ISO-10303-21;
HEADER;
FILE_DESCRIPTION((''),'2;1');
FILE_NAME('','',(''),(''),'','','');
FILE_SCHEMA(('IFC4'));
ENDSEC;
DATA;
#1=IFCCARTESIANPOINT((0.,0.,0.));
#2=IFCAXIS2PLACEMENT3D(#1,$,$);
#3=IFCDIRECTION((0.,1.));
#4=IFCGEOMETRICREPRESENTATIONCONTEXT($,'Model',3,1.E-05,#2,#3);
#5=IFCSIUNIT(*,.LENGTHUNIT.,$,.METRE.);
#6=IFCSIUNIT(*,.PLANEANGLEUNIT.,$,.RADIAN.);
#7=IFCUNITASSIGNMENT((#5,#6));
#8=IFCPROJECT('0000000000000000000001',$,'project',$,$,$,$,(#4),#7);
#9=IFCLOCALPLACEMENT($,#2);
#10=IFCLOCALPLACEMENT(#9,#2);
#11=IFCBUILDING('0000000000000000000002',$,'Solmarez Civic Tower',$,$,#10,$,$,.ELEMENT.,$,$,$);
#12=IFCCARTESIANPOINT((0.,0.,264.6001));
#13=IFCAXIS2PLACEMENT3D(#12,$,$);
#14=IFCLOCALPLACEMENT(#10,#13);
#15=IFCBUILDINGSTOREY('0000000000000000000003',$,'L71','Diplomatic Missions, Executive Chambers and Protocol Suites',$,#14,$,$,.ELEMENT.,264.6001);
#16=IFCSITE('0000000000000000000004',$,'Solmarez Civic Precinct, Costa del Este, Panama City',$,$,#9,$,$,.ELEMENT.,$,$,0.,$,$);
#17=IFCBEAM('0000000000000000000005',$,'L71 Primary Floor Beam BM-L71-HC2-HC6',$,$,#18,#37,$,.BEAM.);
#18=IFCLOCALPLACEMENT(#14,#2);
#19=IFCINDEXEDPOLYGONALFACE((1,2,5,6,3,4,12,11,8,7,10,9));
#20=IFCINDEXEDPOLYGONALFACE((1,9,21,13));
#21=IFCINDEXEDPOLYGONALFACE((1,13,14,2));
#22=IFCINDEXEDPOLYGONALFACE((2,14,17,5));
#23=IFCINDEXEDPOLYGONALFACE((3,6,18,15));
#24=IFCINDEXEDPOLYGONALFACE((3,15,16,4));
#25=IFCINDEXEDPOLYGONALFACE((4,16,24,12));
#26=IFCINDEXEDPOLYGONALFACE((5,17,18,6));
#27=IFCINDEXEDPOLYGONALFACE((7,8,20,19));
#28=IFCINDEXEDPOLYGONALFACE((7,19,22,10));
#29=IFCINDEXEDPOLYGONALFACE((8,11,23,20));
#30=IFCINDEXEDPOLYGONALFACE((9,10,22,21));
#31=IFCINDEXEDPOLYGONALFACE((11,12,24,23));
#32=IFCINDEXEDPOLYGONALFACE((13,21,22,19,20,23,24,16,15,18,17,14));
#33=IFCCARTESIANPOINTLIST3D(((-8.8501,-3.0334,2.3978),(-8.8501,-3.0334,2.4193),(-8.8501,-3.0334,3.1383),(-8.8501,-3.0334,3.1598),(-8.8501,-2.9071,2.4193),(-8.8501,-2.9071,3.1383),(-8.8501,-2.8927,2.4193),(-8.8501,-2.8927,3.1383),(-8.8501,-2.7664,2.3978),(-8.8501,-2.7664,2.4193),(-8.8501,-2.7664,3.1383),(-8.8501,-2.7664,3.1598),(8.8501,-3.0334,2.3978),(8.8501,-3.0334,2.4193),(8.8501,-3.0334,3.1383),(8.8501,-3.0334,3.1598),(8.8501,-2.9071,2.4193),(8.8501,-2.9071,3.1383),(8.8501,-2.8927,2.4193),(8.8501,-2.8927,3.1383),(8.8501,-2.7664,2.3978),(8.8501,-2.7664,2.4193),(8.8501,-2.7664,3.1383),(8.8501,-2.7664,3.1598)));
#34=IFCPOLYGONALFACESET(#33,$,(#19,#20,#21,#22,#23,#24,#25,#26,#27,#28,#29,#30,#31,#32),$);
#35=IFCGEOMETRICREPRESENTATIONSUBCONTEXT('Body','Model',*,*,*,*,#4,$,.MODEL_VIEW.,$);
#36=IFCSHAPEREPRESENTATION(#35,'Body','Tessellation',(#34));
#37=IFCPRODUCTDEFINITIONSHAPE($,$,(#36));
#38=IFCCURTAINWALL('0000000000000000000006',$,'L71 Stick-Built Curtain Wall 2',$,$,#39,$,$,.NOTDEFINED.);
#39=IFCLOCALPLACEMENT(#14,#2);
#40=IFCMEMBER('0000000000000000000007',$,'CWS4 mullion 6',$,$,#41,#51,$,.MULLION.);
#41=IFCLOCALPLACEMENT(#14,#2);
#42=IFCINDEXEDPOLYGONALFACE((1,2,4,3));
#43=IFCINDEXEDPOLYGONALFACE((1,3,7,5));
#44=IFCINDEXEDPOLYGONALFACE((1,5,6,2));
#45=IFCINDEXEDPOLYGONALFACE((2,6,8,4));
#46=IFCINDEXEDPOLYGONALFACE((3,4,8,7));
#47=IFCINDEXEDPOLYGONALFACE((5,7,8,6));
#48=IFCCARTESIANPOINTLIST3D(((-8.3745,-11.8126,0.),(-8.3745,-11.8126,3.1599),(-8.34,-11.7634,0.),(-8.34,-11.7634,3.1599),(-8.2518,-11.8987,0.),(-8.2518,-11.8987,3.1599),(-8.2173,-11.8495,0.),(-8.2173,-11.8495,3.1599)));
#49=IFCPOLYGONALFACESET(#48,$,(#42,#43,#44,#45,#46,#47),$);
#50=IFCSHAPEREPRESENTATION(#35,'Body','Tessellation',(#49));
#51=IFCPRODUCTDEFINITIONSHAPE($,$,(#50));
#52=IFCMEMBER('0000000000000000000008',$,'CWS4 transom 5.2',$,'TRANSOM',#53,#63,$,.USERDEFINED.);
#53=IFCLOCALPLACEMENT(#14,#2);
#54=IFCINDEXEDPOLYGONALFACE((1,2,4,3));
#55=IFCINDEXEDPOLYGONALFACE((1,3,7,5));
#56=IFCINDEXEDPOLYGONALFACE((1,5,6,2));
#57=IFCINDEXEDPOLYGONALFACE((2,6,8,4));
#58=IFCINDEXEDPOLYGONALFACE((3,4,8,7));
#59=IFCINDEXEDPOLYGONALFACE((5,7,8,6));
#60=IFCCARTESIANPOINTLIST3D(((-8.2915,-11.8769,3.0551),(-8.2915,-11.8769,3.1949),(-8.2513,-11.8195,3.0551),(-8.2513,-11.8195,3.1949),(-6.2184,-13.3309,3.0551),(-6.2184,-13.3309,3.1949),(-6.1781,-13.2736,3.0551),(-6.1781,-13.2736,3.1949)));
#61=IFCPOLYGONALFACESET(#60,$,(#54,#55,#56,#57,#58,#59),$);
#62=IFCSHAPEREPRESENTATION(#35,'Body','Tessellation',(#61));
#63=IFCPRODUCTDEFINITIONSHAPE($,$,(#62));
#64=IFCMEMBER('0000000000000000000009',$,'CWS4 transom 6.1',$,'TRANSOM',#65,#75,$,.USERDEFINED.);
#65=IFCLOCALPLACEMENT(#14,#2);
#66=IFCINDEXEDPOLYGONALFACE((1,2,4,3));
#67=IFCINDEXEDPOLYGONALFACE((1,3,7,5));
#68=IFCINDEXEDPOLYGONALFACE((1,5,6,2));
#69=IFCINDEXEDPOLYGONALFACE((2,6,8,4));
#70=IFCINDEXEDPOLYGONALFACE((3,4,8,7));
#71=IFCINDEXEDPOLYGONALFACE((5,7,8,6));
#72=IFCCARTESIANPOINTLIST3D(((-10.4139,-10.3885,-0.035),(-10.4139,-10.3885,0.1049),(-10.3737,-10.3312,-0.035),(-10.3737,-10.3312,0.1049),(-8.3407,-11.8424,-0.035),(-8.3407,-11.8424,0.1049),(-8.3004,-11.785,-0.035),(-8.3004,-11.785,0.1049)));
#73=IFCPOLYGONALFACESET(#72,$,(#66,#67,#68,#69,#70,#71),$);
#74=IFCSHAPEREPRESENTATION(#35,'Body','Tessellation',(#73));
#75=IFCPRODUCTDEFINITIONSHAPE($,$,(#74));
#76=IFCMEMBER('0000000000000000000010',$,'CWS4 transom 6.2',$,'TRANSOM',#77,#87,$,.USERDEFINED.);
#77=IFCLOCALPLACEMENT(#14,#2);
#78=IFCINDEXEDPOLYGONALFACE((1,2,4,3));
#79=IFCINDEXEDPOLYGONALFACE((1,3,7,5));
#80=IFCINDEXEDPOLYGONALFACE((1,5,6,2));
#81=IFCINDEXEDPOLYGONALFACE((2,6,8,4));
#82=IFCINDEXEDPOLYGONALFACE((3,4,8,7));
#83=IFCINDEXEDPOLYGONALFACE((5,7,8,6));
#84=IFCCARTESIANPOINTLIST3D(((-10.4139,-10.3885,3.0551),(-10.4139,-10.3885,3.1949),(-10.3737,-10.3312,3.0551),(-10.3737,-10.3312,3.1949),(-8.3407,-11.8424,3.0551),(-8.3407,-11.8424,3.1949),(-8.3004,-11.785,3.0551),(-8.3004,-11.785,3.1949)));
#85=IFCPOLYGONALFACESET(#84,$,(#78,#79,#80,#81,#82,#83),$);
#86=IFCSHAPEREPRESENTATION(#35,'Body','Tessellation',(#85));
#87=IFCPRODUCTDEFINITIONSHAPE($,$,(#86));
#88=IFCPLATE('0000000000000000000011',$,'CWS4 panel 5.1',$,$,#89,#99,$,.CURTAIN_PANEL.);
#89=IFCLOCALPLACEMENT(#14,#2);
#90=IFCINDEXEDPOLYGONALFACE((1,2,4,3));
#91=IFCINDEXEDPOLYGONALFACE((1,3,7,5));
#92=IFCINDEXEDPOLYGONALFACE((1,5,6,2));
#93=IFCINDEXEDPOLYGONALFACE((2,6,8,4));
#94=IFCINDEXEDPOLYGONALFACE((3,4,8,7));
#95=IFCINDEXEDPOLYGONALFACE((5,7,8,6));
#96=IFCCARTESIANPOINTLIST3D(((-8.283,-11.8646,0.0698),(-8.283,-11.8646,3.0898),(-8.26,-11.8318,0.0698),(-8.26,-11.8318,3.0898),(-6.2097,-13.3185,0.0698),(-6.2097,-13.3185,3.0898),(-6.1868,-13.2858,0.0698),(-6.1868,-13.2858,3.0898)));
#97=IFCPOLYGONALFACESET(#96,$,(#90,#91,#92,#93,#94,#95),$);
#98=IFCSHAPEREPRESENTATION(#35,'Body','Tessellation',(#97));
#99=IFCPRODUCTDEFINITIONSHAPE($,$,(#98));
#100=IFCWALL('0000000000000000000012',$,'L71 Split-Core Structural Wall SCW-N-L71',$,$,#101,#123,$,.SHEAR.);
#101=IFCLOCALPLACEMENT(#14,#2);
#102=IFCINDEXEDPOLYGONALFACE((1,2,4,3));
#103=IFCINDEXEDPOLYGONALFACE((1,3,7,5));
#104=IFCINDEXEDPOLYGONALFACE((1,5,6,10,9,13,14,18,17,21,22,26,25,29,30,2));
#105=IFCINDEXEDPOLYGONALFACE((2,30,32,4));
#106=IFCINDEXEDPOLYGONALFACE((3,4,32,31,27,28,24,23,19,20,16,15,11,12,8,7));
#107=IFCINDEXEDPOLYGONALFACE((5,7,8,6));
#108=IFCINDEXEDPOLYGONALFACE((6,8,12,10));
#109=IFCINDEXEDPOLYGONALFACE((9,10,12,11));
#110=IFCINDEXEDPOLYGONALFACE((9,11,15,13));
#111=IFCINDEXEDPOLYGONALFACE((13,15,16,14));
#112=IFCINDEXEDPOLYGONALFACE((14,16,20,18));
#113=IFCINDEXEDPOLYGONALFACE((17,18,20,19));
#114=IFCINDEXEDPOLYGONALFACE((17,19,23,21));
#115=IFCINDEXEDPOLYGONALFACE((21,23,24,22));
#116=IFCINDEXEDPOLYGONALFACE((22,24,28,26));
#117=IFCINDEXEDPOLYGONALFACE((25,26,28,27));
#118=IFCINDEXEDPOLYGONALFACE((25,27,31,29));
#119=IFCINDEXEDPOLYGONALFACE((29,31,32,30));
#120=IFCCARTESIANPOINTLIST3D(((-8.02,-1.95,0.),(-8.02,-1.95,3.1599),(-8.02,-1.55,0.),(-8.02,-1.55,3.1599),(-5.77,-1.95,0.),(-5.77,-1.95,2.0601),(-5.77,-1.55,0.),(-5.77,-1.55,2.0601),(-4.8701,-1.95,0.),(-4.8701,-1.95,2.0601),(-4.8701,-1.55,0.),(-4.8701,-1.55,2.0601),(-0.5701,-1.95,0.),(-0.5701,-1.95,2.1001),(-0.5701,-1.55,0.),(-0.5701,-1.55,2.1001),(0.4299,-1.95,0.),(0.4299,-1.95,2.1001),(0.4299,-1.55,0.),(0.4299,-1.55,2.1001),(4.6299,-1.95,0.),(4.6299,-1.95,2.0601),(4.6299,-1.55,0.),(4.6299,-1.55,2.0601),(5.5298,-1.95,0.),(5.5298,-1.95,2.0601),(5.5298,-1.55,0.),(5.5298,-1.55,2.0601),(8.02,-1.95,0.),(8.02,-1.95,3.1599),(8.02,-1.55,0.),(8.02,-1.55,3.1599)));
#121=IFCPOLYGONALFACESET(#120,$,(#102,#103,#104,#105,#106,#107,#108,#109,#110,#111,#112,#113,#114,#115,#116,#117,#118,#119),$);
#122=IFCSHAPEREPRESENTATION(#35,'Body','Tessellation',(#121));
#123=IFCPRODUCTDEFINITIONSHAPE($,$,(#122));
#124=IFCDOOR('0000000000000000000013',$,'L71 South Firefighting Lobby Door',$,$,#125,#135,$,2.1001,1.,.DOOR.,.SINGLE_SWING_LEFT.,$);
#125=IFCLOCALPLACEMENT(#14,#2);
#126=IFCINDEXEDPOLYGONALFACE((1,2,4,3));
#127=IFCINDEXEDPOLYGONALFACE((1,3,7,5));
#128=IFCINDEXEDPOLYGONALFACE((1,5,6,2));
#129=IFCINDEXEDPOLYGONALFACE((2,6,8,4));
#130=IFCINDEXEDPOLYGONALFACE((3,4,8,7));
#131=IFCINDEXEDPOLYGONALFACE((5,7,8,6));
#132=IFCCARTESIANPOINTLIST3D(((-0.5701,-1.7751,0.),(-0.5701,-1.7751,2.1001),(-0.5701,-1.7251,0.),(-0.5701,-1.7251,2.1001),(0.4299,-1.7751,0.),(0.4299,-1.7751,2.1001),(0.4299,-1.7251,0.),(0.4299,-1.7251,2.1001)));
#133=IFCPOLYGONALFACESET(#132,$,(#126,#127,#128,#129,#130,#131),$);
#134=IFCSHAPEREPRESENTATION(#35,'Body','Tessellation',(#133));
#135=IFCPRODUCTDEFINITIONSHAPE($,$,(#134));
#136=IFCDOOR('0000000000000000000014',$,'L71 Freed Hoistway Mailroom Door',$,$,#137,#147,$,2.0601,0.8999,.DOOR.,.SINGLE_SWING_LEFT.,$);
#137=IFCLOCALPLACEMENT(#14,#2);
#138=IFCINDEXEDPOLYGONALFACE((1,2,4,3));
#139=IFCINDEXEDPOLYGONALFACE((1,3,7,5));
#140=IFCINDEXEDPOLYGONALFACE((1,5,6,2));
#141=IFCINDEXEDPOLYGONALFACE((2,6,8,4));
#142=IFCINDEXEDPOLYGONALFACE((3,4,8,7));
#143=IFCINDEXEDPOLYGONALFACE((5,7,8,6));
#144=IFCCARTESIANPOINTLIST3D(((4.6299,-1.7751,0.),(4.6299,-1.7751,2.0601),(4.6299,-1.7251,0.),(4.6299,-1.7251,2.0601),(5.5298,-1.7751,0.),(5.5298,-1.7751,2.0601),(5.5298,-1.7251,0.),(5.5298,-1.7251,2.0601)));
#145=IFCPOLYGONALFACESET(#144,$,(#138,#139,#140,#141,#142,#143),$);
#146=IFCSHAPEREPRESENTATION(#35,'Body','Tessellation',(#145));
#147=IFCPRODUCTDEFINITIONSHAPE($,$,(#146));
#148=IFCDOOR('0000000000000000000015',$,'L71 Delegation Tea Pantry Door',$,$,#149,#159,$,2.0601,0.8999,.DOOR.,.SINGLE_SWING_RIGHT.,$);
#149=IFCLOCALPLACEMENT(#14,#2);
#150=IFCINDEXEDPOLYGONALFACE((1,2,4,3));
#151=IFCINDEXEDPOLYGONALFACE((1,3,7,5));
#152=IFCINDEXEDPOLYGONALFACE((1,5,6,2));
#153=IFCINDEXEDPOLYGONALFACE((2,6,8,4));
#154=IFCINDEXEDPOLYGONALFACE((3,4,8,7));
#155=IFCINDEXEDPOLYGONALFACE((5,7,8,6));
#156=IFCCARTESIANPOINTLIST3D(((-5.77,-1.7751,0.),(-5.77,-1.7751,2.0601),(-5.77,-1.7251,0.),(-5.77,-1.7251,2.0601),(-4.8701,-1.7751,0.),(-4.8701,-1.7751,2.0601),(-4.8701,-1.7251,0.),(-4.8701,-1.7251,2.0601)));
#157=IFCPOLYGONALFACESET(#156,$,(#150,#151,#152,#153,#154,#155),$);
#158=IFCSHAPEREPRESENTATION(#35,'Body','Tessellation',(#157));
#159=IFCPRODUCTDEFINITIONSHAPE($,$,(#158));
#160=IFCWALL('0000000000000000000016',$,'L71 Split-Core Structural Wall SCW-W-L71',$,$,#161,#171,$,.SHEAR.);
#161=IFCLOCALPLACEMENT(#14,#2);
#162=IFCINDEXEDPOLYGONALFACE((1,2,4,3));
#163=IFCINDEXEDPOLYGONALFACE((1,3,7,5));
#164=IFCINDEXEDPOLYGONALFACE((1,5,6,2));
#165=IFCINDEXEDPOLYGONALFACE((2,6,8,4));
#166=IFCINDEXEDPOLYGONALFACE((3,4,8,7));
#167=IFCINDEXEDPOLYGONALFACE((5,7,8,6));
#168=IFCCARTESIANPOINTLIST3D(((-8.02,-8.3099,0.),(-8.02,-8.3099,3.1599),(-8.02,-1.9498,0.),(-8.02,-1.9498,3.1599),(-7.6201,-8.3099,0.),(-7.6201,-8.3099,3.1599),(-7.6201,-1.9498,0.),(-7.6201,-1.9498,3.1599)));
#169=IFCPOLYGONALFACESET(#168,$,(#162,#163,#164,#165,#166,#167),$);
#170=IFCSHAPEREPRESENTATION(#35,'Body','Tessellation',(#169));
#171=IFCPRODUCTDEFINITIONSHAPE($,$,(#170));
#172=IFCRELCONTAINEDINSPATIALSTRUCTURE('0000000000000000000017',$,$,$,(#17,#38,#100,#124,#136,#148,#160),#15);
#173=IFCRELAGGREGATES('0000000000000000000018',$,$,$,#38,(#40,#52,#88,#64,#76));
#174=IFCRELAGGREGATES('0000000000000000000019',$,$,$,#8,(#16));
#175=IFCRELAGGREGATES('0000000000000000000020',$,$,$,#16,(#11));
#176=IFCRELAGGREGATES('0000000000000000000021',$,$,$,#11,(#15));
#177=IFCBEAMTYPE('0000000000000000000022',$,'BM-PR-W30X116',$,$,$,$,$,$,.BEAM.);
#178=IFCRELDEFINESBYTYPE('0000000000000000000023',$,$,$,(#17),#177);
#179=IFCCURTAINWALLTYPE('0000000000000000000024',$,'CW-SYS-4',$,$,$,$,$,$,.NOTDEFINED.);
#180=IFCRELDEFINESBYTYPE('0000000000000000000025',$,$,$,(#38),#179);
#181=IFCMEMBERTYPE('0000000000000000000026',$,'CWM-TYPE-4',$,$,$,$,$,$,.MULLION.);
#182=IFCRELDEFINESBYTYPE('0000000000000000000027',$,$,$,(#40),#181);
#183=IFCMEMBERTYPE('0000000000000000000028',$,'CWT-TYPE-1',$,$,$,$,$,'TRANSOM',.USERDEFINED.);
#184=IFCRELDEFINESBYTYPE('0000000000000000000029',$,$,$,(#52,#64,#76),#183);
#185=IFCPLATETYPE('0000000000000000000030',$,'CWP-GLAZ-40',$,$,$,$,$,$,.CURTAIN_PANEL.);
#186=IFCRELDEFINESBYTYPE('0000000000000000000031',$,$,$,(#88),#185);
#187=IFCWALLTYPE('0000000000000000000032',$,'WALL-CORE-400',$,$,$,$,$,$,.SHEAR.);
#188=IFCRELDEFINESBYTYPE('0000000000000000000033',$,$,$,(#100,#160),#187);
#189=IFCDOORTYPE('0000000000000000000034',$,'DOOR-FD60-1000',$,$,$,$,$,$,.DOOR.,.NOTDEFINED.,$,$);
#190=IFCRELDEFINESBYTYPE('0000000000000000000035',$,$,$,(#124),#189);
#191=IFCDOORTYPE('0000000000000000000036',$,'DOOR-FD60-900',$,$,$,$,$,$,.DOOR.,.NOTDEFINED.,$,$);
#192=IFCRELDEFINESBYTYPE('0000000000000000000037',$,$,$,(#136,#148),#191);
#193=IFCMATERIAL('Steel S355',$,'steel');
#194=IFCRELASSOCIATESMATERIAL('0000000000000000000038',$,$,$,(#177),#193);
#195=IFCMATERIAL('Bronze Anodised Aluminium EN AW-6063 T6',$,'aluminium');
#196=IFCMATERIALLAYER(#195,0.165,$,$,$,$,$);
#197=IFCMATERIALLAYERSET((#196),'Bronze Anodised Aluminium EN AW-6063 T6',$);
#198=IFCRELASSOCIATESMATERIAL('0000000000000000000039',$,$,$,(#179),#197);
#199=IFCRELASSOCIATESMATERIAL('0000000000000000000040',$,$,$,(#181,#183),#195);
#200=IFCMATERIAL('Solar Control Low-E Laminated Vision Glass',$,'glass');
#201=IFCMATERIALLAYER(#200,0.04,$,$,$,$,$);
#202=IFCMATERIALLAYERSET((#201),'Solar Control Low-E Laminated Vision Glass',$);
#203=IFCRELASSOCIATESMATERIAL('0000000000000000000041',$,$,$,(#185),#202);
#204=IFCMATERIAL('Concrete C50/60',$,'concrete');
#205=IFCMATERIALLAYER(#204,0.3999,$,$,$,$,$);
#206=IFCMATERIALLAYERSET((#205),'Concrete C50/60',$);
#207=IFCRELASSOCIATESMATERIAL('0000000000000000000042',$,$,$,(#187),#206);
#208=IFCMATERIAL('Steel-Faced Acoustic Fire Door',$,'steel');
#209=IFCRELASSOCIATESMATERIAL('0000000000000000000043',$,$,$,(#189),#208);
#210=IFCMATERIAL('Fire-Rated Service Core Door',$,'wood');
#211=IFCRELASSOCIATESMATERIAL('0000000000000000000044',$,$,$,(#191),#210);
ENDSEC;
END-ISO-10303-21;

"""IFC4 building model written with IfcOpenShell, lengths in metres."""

from ifc_helpers import new_model, si_unit, direction, frame, frame_2d, origin, origin_2d, place, context, subcontext, project, spatial, rectangle, i_section, extrude, material, layer, layer_set, material_profile, profile_set, type_object, element, fill, aggregate, save


model = new_model("IFC4")

# Units and contexts
model_context = context("Model", 3, precision=1e-05, world=origin(), true_north=direction((0.0, 1.0)))
body_context = subcontext(model_context, "Body", "Model", "MODEL_VIEW")
ifc_project = project(units=[si_unit("LENGTHUNIT", "METRE"), si_unit("PLANEANGLEUNIT", "RADIAN")], contexts=[model_context])

# Site, building, storey
site_placement = place(None, origin())
site = spatial("IfcSite", under=ifc_project, at=site_placement, Name="Solmarez Civic Precinct, Costa del Este, Panama City", CompositionType="ELEMENT", RefElevation=0.0)
building_placement = place(site_placement, origin())
building = spatial("IfcBuilding", under=site, at=building_placement, Name="Solmarez Civic Tower", CompositionType="ELEMENT")
storey_placement = place(building_placement, frame((0.0, 0.0, 264.6001)))
storey = spatial("IfcBuildingStorey", under=building, at=storey_placement, Name="L71", Description="Diplomatic Missions, Executive Chambers and Protocol Suites", CompositionType="ELEMENT", Elevation=264.6001)

# Beam
ifc_material_1 = material(Name="Steel S355", Category="steel")
ifc_material_profile_1 = material_profile(ifc_material_1, i_section(OverallWidth=0.2671, OverallDepth=0.762, WebThickness=0.0144, FlangeThickness=0.0215, at=origin_2d()), Name="W30X116")
ifc_profile_set_1 = profile_set([ifc_material_profile_1], Name="Steel S355")
beam_type = type_object("IfcBeamType", Name="BM-PR-W30X116", PredefinedType="BEAM", material=ifc_profile_set_1)
beam_placement = place(storey_placement, frame((-8.8501, -2.8999, 2.7788), z_axis=(1.0, 0.0, 0.0), x_axis=(0.0, 1.0, 0.0)))
element("IfcBeam", 1, at=beam_placement, inside=storey, type_object=beam_type, Name="L71 Primary Floor Beam BM-L71-HC2-HC6", PredefinedType="BEAM", context=body_context, shape_type="SweptSolid", body=[
    extrude(i_section(OverallWidth=0.2671, OverallDepth=0.762, WebThickness=0.0144, FlangeThickness=0.0215, at=origin_2d()), origin(), (0.0, 0.0, 1.0), 17.7002),
])

# Curtain wall, members, plate
ifc_material_2 = material(Name="Bronze Anodised Aluminium EN AW-6063 T6", Category="aluminium")
ifc_layer_1 = layer(ifc_material_2, 0.165)
ifc_layer_set_1 = layer_set([ifc_layer_1], Name="Bronze Anodised Aluminium EN AW-6063 T6")
curtain_wall_type = type_object("IfcCurtainWallType", Name="CW-SYS-4", PredefinedType="NOTDEFINED", material=ifc_layer_set_1)
curtain_wall_placement = place(storey_placement, origin())
curtain_wall = element("IfcCurtainWall", 2, at=curtain_wall_placement, inside=storey, type_object=curtain_wall_type, Name="L71 Stick-Built Curtain Wall 2", PredefinedType="NOTDEFINED")
ifc_material_profile_2 = material_profile(ifc_material_2, rectangle(XDim=0.0601, YDim=0.1499, at=origin_2d()), Name="CWM-60X150")
ifc_profile_set_2 = profile_set([ifc_material_profile_2], Name="Bronze Anodised Aluminium EN AW-6063 T6")
member_type_1 = type_object("IfcMemberType", Name="CWM-TYPE-4", PredefinedType="MULLION", material=ifc_profile_set_2)
member_1_placement = place(storey_placement, frame((-8.2959, -11.8311, 0.0), z_axis=(0.0, 0.0, 1.0), x_axis=(-0.574166, -0.818739, 0.0)))
member_1 = element("IfcMember", 3, at=member_1_placement, type_object=member_type_1, Name="CWS4 mullion 6", PredefinedType="MULLION", context=body_context, shape_type="SweptSolid", body=[
    extrude(rectangle(XDim=0.0601, YDim=0.1499, at=origin_2d()), origin(), (0.0, 0.0, 1.0), 3.1599),
])
ifc_material_profile_3 = material_profile(ifc_material_2, rectangle(XDim=0.0701, YDim=0.1399, at=origin_2d()), Name="CWT-70X140")
ifc_profile_set_3 = profile_set([ifc_material_profile_3], Name="Bronze Anodised Aluminium EN AW-6063 T6")
member_type_2 = type_object("IfcMemberType", Name="CWT-TYPE-1", ElementType="TRANSOM", PredefinedType="USERDEFINED", material=ifc_profile_set_3)
member_2_placement = place(storey_placement, frame((-6.1982, -13.3022, 3.125), z_axis=(-0.818706, 0.574213, 0.0), x_axis=(-0.574213, -0.818706, 0.0)))
member_2 = element("IfcMember", 4, at=member_2_placement, type_object=member_type_2, Name="CWS4 transom 5.2", ObjectType="TRANSOM", PredefinedType="USERDEFINED", context=body_context, shape_type="SweptSolid", body=[
    extrude(rectangle(XDim=0.0701, YDim=0.1399, at=origin_2d()), origin(), (0.0, 0.0, 1.0), 2.5322),
])
member_3_placement = place(storey_placement, frame((-8.3206, -11.8137, 0.0349), z_axis=(-0.818752, 0.574148, 0.0), x_axis=(-0.574148, -0.818752, 0.0)))
member_3 = element("IfcMember", 5, at=member_3_placement, type_object=member_type_2, Name="CWS4 transom 6.1", ObjectType="TRANSOM", PredefinedType="USERDEFINED", context=body_context, shape_type="SweptSolid", body=[
    extrude(rectangle(XDim=0.0701, YDim=0.1399, at=origin_2d()), origin(), (0.0, 0.0, 1.0), 2.5322),
])
member_4_placement = place(storey_placement, frame((-8.3206, -11.8137, 3.125), z_axis=(-0.818752, 0.574148, 0.0), x_axis=(-0.574148, -0.818752, 0.0)))
member_4 = element("IfcMember", 6, at=member_4_placement, type_object=member_type_2, Name="CWS4 transom 6.2", ObjectType="TRANSOM", PredefinedType="USERDEFINED", context=body_context, shape_type="SweptSolid", body=[
    extrude(rectangle(XDim=0.0701, YDim=0.1399, at=origin_2d()), origin(), (0.0, 0.0, 1.0), 2.5322),
])
ifc_material_3 = material(Name="Solar Control Low-E Laminated Vision Glass", Category="glass")
ifc_layer_2 = layer(ifc_material_3, 0.04)
ifc_layer_set_2 = layer_set([ifc_layer_2], Name="Solar Control Low-E Laminated Vision Glass")
plate_type = type_object("IfcPlateType", Name="CWP-GLAZ-40", PredefinedType="CURTAIN_PANEL", material=ifc_layer_set_2)
plate_placement = place(storey_placement, frame((-7.2349, -12.5752, 0.0698), z_axis=(0.0, 0.0, 1.0), x_axis=(-0.818739, 0.574166, 0.0)))
plate = element("IfcPlate", 7, at=plate_placement, type_object=plate_type, Name="CWS4 panel 5.1", PredefinedType="CURTAIN_PANEL", context=body_context, shape_type="SweptSolid", body=[
    extrude(rectangle(XDim=2.5322, YDim=0.04, at=origin_2d()), origin(), (0.0, 0.0, 1.0), 3.02),
])
aggregate(curtain_wall, [member_1, member_2, plate, member_3, member_4])

# Wall, openings, doors
ifc_material_4 = material(Name="Concrete C50/60", Category="concrete")
ifc_layer_3 = layer(ifc_material_4, 0.3999)
ifc_layer_set_3 = layer_set([ifc_layer_3], Name="Concrete C50/60")
wall_type_1 = type_object("IfcWallType", Name="WALL-CORE-400", PredefinedType="SHEAR", material=ifc_layer_set_3)
wall_1_placement = place(storey_placement, frame((-8.02, -1.75, 0.0), z_axis=(0.0, 0.0, 1.0), x_axis=(1.0, 0.0, 0.0)))
wall_1 = element("IfcWall", 8, at=wall_1_placement, inside=storey, type_object=wall_type_1, Name="L71 Split-Core Structural Wall SCW-N-L71", PredefinedType="SHEAR", context=body_context, shape_type="SweptSolid", body=[
    extrude(rectangle(XDim=16.04, YDim=0.3999, at=frame_2d((8.02, 0.0))), origin(), (0.0, 0.0, 1.0), 3.1599),
])
opening_1_placement = place(wall_1_placement, frame((7.45, 0.0, 0.0)))
opening_1 = element("IfcOpeningElement", 9, at=opening_1_placement, cuts=wall_1, PredefinedType="OPENING", context=body_context, shape_type="SweptSolid", body=[
    extrude(rectangle(XDim=1.0, YDim=2.1001, at=frame_2d((0.5, 1.05))), frame((0.0, 0.21, 0.0), z_axis=(0.0, -1.0, 0.0), x_axis=(1.0, 0.0, 0.0)), (0.0, 0.0, 1.0), 0.4199),
])
opening_2_placement = place(wall_1_placement, frame((12.6499, 0.0, 0.0)))
opening_2 = element("IfcOpeningElement", 10, at=opening_2_placement, cuts=wall_1, PredefinedType="OPENING", context=body_context, shape_type="SweptSolid", body=[
    extrude(rectangle(XDim=0.8999, YDim=2.0601, at=frame_2d((0.45, 1.03))), frame((0.0, 0.21, 0.0), z_axis=(0.0, -1.0, 0.0), x_axis=(1.0, 0.0, 0.0)), (0.0, 0.0, 1.0), 0.4199),
])
opening_3_placement = place(wall_1_placement, frame((2.25, 0.0, 0.0)))
opening_3 = element("IfcOpeningElement", 11, at=opening_3_placement, cuts=wall_1, PredefinedType="OPENING", context=body_context, shape_type="SweptSolid", body=[
    extrude(rectangle(XDim=0.8999, YDim=2.0601, at=frame_2d((0.45, 1.03))), frame((0.0, 0.21, 0.0), z_axis=(0.0, -1.0, 0.0), x_axis=(1.0, 0.0, 0.0)), (0.0, 0.0, 1.0), 0.4199),
])
ifc_material_5 = material(Name="Steel-Faced Acoustic Fire Door", Category="steel")
door_type_1 = type_object("IfcDoorType", Name="DOOR-FD60-1000", OperationType="NOTDEFINED", PredefinedType="DOOR", material=ifc_material_5)
door_1_placement = place(opening_1_placement, origin())
door_1 = element("IfcDoor", 12, at=door_1_placement, inside=storey, type_object=door_type_1, Name="L71 South Firefighting Lobby Door", OperationType="SINGLE_SWING_LEFT", OverallHeight=2.1001, OverallWidth=1.0, PredefinedType="DOOR", context=body_context, shape_type="SweptSolid", body=[
    extrude(rectangle(XDim=1.0, YDim=2.1001, at=frame_2d((0.5, 1.05))), frame((0.0, 0.0249, 0.0), z_axis=(0.0, -1.0, 0.0), x_axis=(1.0, 0.0, 0.0)), (0.0, 0.0, 1.0), 0.05),
])
fill(opening_1, door_1)
ifc_material_6 = material(Name="Fire-Rated Service Core Door", Category="wood")
door_type_2 = type_object("IfcDoorType", Name="DOOR-FD60-900", OperationType="NOTDEFINED", PredefinedType="DOOR", material=ifc_material_6)
door_2_placement = place(opening_2_placement, origin())
door_2 = element("IfcDoor", 13, at=door_2_placement, inside=storey, type_object=door_type_2, Name="L71 Freed Hoistway Mailroom Door", OperationType="SINGLE_SWING_LEFT", OverallHeight=2.0601, OverallWidth=0.8999, PredefinedType="DOOR", context=body_context, shape_type="SweptSolid", body=[
    extrude(rectangle(XDim=0.8999, YDim=2.0601, at=frame_2d((0.45, 1.03))), frame((0.0, 0.0249, 0.0), z_axis=(0.0, -1.0, 0.0), x_axis=(1.0, 0.0, 0.0)), (0.0, 0.0, 1.0), 0.05),
])
fill(opening_2, door_2)
door_3_placement = place(opening_3_placement, origin())
door_3 = element("IfcDoor", 14, at=door_3_placement, inside=storey, type_object=door_type_2, Name="L71 Delegation Tea Pantry Door", OperationType="SINGLE_SWING_RIGHT", OverallHeight=2.0601, OverallWidth=0.8999, PredefinedType="DOOR", context=body_context, shape_type="SweptSolid", body=[
    extrude(rectangle(XDim=0.8999, YDim=2.0601, at=frame_2d((0.45, 1.03))), frame((0.0, 0.0249, 0.0), z_axis=(0.0, -1.0, 0.0), x_axis=(1.0, 0.0, 0.0)), (0.0, 0.0, 1.0), 0.05),
])
fill(opening_3, door_3)

# Wall
wall_2_placement = place(storey_placement, frame((-7.8201, -8.3101, 0.0), z_axis=(0.0, 0.0, 1.0), x_axis=(0.0, 1.0, 0.0)))
element("IfcWall", 15, at=wall_2_placement, inside=storey, type_object=wall_type_1, Name="L71 Split-Core Structural Wall SCW-W-L71", PredefinedType="SHEAR", context=body_context, shape_type="SweptSolid", body=[
    extrude(rectangle(XDim=6.3601, YDim=0.3999, at=frame_2d((3.1802, 0.0))), origin(), (0.0, 0.0, 1.0), 3.1599),
])

save(model, "model.ifc")
